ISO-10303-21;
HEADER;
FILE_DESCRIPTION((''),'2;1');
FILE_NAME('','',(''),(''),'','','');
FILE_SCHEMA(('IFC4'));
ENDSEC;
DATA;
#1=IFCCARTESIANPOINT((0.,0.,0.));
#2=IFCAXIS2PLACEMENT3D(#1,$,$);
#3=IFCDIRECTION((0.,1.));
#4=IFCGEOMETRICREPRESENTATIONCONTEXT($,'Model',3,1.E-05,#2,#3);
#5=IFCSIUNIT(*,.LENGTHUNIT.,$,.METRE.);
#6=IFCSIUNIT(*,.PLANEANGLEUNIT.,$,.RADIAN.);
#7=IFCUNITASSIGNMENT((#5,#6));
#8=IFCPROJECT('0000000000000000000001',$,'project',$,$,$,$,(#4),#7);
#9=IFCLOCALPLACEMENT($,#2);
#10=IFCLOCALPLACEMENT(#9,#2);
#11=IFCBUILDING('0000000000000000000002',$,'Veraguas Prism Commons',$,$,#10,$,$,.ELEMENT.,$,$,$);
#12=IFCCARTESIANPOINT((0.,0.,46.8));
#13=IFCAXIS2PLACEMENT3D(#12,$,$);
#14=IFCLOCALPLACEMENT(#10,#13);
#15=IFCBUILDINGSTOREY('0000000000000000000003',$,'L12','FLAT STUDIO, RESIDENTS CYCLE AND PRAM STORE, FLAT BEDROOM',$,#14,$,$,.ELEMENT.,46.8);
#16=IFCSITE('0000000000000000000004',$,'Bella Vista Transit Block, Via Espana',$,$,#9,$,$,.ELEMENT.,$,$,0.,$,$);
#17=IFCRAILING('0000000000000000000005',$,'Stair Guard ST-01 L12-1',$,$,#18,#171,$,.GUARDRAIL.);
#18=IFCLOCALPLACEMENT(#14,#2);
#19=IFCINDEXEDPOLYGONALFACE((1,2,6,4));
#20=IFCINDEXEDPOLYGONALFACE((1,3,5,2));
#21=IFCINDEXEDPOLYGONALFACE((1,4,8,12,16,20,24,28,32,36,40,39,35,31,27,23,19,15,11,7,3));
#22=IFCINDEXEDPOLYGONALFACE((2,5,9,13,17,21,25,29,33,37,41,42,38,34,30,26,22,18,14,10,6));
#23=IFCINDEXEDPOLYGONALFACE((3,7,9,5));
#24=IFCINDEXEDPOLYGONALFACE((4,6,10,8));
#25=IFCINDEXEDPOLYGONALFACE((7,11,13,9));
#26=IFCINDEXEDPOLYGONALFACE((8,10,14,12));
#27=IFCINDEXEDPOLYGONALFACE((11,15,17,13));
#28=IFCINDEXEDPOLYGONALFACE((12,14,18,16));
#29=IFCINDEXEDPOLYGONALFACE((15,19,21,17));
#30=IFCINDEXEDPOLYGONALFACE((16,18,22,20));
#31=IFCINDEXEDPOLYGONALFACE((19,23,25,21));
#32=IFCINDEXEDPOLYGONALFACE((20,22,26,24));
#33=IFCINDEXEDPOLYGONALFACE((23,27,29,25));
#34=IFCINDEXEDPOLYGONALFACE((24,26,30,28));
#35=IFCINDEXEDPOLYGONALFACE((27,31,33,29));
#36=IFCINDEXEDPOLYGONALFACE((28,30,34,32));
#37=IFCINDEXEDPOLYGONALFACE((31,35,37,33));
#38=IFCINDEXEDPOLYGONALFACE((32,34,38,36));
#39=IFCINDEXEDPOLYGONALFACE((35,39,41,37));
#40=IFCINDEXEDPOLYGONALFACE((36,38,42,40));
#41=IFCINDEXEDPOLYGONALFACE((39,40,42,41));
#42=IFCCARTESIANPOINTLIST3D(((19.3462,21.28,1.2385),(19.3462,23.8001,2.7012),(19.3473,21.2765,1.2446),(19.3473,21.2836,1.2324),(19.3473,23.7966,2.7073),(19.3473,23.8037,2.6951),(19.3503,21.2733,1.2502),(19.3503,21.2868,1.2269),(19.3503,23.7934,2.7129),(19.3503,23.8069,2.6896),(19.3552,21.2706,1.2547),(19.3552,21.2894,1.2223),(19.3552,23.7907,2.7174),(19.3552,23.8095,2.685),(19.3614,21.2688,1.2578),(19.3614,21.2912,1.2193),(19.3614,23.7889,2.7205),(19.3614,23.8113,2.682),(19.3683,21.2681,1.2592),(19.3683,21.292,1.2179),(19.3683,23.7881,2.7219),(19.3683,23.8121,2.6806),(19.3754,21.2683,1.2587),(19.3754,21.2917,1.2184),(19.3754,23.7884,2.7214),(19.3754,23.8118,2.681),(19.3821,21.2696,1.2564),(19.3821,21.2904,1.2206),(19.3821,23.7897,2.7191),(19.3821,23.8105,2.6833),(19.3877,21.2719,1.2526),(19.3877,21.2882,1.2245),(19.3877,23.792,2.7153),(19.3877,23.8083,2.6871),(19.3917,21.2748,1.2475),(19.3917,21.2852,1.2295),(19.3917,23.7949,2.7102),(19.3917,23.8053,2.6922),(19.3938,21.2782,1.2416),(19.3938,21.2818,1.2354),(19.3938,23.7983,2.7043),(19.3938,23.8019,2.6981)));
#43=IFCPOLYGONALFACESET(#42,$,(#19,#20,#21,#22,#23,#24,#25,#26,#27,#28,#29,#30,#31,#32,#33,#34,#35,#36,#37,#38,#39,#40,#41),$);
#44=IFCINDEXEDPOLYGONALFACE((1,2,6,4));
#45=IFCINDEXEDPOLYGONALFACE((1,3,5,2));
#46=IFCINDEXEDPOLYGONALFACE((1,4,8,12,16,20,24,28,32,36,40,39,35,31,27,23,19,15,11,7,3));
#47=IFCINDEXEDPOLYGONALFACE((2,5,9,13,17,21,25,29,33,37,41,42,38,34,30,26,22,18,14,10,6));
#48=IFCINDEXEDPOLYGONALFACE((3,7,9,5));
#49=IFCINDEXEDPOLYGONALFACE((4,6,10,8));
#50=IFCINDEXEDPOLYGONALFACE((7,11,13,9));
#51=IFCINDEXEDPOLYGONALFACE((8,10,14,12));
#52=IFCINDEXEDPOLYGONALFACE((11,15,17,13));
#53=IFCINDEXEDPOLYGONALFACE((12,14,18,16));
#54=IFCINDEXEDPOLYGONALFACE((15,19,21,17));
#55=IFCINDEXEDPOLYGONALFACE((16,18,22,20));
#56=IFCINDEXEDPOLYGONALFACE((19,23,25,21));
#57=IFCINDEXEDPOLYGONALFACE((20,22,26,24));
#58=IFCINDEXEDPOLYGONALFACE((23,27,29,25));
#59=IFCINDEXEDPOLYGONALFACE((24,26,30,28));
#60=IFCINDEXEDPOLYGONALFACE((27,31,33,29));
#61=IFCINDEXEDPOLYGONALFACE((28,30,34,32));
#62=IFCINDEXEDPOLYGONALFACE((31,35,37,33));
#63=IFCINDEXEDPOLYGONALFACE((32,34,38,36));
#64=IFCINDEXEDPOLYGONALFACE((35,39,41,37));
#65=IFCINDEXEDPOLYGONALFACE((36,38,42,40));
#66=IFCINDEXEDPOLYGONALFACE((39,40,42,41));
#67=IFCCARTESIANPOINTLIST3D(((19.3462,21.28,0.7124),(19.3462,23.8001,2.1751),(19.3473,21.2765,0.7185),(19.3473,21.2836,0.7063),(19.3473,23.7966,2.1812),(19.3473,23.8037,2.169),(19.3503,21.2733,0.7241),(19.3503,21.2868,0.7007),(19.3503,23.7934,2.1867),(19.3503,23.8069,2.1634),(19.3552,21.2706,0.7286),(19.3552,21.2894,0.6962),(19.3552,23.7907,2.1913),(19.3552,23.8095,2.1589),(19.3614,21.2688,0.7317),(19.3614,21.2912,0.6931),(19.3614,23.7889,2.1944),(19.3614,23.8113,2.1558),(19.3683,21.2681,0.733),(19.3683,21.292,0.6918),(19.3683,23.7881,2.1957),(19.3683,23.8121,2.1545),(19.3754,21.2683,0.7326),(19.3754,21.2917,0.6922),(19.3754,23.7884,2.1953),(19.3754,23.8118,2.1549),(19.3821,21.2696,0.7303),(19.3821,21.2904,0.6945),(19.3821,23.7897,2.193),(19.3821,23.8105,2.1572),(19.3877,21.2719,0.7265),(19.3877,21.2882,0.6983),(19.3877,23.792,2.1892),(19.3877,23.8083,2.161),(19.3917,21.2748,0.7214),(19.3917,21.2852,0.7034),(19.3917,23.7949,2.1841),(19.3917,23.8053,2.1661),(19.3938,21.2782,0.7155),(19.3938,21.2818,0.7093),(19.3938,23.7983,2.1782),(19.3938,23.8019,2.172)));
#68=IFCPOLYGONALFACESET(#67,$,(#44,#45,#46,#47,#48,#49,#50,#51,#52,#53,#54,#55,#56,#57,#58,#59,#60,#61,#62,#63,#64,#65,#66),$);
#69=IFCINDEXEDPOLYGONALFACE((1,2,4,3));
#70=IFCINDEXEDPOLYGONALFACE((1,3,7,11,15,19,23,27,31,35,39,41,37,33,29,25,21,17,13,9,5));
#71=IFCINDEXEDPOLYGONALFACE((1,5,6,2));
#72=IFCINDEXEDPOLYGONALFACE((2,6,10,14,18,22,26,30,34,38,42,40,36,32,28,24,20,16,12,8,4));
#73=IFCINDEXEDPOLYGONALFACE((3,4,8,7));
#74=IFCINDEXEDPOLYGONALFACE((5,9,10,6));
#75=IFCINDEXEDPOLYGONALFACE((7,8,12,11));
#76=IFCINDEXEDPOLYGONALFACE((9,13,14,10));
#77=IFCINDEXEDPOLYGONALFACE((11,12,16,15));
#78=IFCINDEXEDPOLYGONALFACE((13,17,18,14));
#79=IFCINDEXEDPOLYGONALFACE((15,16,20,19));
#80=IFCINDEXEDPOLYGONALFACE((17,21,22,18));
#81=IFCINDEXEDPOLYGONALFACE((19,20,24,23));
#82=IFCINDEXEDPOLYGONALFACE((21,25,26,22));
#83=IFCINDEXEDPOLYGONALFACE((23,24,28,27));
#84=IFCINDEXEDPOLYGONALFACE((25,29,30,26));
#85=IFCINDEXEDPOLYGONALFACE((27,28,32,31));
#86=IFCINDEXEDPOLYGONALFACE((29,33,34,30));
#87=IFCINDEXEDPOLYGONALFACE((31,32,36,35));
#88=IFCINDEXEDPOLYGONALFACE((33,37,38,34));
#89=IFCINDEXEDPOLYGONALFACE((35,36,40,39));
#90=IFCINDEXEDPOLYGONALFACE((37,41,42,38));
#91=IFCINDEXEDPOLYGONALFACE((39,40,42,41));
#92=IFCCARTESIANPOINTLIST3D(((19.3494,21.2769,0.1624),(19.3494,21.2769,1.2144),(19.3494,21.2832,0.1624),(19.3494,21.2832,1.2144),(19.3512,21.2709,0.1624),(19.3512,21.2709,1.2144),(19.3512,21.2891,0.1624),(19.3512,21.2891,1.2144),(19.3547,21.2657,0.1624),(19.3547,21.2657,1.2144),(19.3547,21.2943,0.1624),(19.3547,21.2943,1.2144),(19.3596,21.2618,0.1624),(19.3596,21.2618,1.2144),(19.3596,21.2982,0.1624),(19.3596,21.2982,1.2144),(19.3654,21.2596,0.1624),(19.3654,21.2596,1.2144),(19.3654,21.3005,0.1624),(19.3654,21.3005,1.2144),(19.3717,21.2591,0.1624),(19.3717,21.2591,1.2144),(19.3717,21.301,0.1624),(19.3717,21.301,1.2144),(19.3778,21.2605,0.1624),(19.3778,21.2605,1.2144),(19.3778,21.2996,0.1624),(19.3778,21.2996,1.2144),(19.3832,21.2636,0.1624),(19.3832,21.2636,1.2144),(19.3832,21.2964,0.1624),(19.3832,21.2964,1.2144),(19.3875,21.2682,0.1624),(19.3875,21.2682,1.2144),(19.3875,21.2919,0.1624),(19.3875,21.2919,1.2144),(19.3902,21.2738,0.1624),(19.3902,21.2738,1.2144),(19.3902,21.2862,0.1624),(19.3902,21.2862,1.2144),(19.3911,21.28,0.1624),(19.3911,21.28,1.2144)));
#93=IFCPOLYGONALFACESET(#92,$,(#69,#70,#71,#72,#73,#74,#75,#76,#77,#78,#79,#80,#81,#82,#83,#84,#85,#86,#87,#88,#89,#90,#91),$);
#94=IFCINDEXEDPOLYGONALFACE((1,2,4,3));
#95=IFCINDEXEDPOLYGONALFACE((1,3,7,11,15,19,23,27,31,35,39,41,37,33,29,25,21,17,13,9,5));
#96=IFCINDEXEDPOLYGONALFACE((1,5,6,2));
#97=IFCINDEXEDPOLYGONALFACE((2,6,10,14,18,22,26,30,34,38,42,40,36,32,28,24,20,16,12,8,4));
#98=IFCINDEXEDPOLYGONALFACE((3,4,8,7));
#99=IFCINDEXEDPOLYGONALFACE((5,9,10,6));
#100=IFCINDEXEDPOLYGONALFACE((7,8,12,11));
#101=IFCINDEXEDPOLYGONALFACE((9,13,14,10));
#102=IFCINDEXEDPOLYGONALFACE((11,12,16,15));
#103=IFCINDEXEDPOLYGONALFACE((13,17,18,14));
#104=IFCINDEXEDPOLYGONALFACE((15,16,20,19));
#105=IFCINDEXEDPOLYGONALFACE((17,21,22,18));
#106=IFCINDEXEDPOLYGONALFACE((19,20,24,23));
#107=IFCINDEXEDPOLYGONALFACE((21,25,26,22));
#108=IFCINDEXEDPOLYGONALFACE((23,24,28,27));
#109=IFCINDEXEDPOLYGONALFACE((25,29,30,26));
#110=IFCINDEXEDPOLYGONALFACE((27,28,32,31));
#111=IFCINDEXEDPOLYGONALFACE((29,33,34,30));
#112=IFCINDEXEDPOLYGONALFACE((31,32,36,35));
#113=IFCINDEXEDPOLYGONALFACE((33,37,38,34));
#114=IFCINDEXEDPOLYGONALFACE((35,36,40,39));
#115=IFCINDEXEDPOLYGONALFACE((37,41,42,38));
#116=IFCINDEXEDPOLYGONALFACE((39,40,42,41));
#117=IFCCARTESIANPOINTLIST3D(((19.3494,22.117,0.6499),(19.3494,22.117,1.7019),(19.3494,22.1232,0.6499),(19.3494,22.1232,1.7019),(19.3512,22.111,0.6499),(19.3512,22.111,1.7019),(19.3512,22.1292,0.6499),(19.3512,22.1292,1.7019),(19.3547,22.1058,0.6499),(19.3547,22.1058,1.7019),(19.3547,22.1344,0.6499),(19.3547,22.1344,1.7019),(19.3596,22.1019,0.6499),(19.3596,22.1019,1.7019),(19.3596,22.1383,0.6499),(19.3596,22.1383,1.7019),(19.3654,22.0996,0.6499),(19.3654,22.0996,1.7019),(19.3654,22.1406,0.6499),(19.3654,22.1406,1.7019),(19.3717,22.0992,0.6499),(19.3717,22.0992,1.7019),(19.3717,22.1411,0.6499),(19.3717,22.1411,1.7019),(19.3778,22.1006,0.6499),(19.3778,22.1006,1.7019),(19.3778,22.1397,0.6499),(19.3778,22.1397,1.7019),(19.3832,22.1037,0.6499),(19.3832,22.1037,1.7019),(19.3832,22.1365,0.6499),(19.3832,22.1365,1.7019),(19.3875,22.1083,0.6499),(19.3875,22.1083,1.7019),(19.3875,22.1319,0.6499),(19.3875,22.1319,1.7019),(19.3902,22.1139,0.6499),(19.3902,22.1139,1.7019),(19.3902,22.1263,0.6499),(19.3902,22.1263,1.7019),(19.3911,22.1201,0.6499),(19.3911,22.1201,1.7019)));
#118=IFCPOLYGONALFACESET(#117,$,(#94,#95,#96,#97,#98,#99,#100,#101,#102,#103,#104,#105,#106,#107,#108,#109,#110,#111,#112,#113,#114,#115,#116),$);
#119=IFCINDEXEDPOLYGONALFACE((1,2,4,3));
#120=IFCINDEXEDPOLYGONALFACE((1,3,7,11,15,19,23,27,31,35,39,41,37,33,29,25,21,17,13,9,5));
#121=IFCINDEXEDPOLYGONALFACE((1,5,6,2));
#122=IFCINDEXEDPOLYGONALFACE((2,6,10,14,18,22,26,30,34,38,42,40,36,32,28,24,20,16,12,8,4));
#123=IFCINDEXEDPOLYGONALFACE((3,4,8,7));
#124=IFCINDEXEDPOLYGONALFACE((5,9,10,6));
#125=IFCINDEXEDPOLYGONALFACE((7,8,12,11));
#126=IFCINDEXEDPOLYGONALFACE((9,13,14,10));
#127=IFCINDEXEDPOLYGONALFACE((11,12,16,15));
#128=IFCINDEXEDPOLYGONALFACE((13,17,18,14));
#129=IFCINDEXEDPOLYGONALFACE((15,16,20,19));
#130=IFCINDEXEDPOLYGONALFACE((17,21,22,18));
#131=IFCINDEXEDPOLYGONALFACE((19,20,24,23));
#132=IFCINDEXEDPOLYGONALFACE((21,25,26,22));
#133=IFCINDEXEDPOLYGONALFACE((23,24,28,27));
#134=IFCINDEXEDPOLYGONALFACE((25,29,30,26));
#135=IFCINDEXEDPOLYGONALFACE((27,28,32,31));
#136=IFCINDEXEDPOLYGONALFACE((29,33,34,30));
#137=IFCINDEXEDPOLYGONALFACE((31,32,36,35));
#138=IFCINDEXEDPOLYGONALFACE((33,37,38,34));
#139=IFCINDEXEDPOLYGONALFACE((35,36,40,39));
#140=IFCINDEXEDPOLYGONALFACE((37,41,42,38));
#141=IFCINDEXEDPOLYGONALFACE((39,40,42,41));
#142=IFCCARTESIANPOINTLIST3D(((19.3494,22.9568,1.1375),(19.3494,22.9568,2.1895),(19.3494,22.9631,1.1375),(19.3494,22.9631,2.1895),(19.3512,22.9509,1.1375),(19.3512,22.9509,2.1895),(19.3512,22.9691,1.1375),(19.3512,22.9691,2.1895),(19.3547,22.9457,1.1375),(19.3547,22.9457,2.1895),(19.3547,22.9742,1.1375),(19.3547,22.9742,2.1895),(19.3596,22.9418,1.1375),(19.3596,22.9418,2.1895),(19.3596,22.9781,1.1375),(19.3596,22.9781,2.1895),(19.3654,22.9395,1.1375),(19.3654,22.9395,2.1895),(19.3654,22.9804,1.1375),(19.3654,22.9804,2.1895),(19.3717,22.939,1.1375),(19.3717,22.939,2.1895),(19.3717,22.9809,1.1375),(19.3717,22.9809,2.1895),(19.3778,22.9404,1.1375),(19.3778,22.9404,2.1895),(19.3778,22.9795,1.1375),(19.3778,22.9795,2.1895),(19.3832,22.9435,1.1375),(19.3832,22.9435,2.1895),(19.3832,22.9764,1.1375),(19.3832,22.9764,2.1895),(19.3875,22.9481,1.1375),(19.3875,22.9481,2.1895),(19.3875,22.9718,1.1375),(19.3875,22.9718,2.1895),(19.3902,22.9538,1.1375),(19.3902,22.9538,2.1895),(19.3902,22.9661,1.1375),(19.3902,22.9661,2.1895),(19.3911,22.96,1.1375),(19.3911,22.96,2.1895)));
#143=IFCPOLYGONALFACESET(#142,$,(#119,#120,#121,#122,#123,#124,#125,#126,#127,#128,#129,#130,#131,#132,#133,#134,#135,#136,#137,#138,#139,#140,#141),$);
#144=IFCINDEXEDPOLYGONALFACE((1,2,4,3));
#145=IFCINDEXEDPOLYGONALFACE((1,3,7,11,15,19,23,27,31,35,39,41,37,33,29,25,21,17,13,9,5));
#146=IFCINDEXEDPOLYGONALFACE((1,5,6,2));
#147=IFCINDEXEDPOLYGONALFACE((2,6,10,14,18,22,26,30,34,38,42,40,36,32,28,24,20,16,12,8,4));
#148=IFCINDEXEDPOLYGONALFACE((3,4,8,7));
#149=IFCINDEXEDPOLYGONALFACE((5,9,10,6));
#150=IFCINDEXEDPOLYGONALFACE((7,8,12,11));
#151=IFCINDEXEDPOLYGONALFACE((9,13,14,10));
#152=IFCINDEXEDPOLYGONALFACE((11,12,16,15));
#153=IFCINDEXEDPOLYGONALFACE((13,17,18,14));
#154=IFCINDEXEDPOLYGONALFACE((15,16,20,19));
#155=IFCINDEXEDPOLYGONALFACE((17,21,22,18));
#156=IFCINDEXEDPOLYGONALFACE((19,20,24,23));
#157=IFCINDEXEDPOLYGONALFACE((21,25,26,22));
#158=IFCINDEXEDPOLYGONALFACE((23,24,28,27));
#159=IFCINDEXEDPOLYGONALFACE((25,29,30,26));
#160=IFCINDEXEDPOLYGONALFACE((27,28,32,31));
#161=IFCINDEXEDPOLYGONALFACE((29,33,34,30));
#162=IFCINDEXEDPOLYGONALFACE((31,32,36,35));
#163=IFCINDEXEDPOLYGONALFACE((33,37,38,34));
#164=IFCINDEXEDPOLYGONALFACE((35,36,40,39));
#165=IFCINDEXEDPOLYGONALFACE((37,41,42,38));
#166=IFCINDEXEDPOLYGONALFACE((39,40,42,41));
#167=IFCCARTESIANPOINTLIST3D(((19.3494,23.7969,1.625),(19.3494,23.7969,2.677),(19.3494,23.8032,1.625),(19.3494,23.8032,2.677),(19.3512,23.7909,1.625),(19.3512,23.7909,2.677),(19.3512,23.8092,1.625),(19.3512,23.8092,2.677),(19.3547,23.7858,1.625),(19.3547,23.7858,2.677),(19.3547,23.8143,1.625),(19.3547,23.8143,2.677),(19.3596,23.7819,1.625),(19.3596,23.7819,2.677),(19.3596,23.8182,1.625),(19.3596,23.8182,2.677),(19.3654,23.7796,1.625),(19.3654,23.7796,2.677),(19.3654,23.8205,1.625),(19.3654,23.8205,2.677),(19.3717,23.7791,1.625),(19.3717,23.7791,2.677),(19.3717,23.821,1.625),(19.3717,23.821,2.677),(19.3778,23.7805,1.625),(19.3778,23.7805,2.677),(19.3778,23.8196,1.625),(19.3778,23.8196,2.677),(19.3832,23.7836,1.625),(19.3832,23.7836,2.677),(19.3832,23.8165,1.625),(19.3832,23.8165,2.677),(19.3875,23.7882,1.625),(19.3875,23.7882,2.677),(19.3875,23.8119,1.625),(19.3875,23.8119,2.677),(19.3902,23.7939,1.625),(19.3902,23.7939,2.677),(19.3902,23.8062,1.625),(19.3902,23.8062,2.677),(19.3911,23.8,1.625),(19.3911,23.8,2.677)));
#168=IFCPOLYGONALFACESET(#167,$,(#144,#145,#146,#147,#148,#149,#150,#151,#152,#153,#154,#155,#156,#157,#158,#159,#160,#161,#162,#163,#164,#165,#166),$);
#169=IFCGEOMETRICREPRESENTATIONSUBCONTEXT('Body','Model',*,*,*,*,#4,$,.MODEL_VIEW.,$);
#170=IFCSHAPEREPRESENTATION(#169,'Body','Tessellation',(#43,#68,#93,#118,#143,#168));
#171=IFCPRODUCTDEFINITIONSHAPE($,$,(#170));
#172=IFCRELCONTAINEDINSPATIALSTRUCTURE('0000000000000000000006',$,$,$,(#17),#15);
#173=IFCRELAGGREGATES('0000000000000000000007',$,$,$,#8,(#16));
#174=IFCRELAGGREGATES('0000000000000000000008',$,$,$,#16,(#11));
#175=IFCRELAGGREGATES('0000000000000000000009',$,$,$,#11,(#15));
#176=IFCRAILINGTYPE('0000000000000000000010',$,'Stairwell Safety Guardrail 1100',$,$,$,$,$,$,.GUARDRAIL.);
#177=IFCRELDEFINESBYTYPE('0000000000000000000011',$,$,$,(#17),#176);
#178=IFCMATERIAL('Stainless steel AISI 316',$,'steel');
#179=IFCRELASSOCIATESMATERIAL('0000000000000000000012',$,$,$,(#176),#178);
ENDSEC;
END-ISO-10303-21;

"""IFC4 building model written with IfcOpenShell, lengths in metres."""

from ifc_helpers import new_model, si_unit, direction, frame, origin, origin_2d, place, context, subcontext, project, spatial, circle, extrude, material, type_object, element, save


model = new_model("IFC4")

# Units and contexts
model_context = context("Model", 3, precision=1e-05, world=origin(), true_north=direction((0.0, 1.0)))
body_context = subcontext(model_context, "Body", "Model", "MODEL_VIEW")
ifc_project = project(units=[si_unit("LENGTHUNIT", "METRE"), si_unit("PLANEANGLEUNIT", "RADIAN")], contexts=[model_context])

# Site, building, storey
site_placement = place(None, origin())
site = spatial("IfcSite", under=ifc_project, at=site_placement, Name="Bella Vista Transit Block, Via Espana", CompositionType="ELEMENT", RefElevation=0.0)
building_placement = place(site_placement, origin())
building = spatial("IfcBuilding", under=site, at=building_placement, Name="Veraguas Prism Commons", CompositionType="ELEMENT")
storey_placement = place(building_placement, frame((0.0, 0.0, 46.8)))
storey = spatial("IfcBuildingStorey", under=building, at=storey_placement, Name="L12", Description="FLAT STUDIO, RESIDENTS CYCLE AND PRAM STORE, FLAT BEDROOM", CompositionType="ELEMENT", Elevation=46.8)

# Railing
ifc_material_1 = material(Name="Stainless steel AISI 316", Category="steel")
railing_type_1 = type_object("IfcRailingType", Name="Stairwell Safety Guardrail 1100", PredefinedType="GUARDRAIL", material=ifc_material_1)
railing_1_placement = place(storey_placement, frame((19.3701, 21.28, 0.1624)))
element("IfcRailing", 1, at=railing_1_placement, inside=storey, type_object=railing_type_1, Name="Stair Guard ST-01 L12-1", PredefinedType="GUARDRAIL", context=body_context, shape_type="SweptSolid", body=[
    extrude(circle(Radius=0.0239, at=origin_2d()), frame((0.0, 0.0, 1.0762), z_axis=(0.0, 0.864877, 0.501984), x_axis=(-1.0, 0.0, 0.0)), (0.0, 0.0, 1.0), 2.9138),
    extrude(circle(Radius=0.0239, at=origin_2d()), frame((0.0, 0.0, 0.55), z_axis=(0.0, 0.864877, 0.501984), x_axis=(-1.0, 0.0, 0.0)), (0.0, 0.0, 1.0), 2.9138),
    extrude(circle(Radius=0.021, at=origin_2d()), origin(), (0.0, 0.0, 1.0), 1.052),
    extrude(circle(Radius=0.021, at=origin_2d()), frame((0.0, 0.8401, 0.4875)), (0.0, 0.0, 1.0), 1.052),
    extrude(circle(Radius=0.021, at=origin_2d()), frame((0.0, 1.6799, 0.9751)), (0.0, 0.0, 1.0), 1.052),
    extrude(circle(Radius=0.021, at=origin_2d()), frame((0.0, 2.52, 1.4626)), (0.0, 0.0, 1.0), 1.052),
])

save(model, "model.ifc")
